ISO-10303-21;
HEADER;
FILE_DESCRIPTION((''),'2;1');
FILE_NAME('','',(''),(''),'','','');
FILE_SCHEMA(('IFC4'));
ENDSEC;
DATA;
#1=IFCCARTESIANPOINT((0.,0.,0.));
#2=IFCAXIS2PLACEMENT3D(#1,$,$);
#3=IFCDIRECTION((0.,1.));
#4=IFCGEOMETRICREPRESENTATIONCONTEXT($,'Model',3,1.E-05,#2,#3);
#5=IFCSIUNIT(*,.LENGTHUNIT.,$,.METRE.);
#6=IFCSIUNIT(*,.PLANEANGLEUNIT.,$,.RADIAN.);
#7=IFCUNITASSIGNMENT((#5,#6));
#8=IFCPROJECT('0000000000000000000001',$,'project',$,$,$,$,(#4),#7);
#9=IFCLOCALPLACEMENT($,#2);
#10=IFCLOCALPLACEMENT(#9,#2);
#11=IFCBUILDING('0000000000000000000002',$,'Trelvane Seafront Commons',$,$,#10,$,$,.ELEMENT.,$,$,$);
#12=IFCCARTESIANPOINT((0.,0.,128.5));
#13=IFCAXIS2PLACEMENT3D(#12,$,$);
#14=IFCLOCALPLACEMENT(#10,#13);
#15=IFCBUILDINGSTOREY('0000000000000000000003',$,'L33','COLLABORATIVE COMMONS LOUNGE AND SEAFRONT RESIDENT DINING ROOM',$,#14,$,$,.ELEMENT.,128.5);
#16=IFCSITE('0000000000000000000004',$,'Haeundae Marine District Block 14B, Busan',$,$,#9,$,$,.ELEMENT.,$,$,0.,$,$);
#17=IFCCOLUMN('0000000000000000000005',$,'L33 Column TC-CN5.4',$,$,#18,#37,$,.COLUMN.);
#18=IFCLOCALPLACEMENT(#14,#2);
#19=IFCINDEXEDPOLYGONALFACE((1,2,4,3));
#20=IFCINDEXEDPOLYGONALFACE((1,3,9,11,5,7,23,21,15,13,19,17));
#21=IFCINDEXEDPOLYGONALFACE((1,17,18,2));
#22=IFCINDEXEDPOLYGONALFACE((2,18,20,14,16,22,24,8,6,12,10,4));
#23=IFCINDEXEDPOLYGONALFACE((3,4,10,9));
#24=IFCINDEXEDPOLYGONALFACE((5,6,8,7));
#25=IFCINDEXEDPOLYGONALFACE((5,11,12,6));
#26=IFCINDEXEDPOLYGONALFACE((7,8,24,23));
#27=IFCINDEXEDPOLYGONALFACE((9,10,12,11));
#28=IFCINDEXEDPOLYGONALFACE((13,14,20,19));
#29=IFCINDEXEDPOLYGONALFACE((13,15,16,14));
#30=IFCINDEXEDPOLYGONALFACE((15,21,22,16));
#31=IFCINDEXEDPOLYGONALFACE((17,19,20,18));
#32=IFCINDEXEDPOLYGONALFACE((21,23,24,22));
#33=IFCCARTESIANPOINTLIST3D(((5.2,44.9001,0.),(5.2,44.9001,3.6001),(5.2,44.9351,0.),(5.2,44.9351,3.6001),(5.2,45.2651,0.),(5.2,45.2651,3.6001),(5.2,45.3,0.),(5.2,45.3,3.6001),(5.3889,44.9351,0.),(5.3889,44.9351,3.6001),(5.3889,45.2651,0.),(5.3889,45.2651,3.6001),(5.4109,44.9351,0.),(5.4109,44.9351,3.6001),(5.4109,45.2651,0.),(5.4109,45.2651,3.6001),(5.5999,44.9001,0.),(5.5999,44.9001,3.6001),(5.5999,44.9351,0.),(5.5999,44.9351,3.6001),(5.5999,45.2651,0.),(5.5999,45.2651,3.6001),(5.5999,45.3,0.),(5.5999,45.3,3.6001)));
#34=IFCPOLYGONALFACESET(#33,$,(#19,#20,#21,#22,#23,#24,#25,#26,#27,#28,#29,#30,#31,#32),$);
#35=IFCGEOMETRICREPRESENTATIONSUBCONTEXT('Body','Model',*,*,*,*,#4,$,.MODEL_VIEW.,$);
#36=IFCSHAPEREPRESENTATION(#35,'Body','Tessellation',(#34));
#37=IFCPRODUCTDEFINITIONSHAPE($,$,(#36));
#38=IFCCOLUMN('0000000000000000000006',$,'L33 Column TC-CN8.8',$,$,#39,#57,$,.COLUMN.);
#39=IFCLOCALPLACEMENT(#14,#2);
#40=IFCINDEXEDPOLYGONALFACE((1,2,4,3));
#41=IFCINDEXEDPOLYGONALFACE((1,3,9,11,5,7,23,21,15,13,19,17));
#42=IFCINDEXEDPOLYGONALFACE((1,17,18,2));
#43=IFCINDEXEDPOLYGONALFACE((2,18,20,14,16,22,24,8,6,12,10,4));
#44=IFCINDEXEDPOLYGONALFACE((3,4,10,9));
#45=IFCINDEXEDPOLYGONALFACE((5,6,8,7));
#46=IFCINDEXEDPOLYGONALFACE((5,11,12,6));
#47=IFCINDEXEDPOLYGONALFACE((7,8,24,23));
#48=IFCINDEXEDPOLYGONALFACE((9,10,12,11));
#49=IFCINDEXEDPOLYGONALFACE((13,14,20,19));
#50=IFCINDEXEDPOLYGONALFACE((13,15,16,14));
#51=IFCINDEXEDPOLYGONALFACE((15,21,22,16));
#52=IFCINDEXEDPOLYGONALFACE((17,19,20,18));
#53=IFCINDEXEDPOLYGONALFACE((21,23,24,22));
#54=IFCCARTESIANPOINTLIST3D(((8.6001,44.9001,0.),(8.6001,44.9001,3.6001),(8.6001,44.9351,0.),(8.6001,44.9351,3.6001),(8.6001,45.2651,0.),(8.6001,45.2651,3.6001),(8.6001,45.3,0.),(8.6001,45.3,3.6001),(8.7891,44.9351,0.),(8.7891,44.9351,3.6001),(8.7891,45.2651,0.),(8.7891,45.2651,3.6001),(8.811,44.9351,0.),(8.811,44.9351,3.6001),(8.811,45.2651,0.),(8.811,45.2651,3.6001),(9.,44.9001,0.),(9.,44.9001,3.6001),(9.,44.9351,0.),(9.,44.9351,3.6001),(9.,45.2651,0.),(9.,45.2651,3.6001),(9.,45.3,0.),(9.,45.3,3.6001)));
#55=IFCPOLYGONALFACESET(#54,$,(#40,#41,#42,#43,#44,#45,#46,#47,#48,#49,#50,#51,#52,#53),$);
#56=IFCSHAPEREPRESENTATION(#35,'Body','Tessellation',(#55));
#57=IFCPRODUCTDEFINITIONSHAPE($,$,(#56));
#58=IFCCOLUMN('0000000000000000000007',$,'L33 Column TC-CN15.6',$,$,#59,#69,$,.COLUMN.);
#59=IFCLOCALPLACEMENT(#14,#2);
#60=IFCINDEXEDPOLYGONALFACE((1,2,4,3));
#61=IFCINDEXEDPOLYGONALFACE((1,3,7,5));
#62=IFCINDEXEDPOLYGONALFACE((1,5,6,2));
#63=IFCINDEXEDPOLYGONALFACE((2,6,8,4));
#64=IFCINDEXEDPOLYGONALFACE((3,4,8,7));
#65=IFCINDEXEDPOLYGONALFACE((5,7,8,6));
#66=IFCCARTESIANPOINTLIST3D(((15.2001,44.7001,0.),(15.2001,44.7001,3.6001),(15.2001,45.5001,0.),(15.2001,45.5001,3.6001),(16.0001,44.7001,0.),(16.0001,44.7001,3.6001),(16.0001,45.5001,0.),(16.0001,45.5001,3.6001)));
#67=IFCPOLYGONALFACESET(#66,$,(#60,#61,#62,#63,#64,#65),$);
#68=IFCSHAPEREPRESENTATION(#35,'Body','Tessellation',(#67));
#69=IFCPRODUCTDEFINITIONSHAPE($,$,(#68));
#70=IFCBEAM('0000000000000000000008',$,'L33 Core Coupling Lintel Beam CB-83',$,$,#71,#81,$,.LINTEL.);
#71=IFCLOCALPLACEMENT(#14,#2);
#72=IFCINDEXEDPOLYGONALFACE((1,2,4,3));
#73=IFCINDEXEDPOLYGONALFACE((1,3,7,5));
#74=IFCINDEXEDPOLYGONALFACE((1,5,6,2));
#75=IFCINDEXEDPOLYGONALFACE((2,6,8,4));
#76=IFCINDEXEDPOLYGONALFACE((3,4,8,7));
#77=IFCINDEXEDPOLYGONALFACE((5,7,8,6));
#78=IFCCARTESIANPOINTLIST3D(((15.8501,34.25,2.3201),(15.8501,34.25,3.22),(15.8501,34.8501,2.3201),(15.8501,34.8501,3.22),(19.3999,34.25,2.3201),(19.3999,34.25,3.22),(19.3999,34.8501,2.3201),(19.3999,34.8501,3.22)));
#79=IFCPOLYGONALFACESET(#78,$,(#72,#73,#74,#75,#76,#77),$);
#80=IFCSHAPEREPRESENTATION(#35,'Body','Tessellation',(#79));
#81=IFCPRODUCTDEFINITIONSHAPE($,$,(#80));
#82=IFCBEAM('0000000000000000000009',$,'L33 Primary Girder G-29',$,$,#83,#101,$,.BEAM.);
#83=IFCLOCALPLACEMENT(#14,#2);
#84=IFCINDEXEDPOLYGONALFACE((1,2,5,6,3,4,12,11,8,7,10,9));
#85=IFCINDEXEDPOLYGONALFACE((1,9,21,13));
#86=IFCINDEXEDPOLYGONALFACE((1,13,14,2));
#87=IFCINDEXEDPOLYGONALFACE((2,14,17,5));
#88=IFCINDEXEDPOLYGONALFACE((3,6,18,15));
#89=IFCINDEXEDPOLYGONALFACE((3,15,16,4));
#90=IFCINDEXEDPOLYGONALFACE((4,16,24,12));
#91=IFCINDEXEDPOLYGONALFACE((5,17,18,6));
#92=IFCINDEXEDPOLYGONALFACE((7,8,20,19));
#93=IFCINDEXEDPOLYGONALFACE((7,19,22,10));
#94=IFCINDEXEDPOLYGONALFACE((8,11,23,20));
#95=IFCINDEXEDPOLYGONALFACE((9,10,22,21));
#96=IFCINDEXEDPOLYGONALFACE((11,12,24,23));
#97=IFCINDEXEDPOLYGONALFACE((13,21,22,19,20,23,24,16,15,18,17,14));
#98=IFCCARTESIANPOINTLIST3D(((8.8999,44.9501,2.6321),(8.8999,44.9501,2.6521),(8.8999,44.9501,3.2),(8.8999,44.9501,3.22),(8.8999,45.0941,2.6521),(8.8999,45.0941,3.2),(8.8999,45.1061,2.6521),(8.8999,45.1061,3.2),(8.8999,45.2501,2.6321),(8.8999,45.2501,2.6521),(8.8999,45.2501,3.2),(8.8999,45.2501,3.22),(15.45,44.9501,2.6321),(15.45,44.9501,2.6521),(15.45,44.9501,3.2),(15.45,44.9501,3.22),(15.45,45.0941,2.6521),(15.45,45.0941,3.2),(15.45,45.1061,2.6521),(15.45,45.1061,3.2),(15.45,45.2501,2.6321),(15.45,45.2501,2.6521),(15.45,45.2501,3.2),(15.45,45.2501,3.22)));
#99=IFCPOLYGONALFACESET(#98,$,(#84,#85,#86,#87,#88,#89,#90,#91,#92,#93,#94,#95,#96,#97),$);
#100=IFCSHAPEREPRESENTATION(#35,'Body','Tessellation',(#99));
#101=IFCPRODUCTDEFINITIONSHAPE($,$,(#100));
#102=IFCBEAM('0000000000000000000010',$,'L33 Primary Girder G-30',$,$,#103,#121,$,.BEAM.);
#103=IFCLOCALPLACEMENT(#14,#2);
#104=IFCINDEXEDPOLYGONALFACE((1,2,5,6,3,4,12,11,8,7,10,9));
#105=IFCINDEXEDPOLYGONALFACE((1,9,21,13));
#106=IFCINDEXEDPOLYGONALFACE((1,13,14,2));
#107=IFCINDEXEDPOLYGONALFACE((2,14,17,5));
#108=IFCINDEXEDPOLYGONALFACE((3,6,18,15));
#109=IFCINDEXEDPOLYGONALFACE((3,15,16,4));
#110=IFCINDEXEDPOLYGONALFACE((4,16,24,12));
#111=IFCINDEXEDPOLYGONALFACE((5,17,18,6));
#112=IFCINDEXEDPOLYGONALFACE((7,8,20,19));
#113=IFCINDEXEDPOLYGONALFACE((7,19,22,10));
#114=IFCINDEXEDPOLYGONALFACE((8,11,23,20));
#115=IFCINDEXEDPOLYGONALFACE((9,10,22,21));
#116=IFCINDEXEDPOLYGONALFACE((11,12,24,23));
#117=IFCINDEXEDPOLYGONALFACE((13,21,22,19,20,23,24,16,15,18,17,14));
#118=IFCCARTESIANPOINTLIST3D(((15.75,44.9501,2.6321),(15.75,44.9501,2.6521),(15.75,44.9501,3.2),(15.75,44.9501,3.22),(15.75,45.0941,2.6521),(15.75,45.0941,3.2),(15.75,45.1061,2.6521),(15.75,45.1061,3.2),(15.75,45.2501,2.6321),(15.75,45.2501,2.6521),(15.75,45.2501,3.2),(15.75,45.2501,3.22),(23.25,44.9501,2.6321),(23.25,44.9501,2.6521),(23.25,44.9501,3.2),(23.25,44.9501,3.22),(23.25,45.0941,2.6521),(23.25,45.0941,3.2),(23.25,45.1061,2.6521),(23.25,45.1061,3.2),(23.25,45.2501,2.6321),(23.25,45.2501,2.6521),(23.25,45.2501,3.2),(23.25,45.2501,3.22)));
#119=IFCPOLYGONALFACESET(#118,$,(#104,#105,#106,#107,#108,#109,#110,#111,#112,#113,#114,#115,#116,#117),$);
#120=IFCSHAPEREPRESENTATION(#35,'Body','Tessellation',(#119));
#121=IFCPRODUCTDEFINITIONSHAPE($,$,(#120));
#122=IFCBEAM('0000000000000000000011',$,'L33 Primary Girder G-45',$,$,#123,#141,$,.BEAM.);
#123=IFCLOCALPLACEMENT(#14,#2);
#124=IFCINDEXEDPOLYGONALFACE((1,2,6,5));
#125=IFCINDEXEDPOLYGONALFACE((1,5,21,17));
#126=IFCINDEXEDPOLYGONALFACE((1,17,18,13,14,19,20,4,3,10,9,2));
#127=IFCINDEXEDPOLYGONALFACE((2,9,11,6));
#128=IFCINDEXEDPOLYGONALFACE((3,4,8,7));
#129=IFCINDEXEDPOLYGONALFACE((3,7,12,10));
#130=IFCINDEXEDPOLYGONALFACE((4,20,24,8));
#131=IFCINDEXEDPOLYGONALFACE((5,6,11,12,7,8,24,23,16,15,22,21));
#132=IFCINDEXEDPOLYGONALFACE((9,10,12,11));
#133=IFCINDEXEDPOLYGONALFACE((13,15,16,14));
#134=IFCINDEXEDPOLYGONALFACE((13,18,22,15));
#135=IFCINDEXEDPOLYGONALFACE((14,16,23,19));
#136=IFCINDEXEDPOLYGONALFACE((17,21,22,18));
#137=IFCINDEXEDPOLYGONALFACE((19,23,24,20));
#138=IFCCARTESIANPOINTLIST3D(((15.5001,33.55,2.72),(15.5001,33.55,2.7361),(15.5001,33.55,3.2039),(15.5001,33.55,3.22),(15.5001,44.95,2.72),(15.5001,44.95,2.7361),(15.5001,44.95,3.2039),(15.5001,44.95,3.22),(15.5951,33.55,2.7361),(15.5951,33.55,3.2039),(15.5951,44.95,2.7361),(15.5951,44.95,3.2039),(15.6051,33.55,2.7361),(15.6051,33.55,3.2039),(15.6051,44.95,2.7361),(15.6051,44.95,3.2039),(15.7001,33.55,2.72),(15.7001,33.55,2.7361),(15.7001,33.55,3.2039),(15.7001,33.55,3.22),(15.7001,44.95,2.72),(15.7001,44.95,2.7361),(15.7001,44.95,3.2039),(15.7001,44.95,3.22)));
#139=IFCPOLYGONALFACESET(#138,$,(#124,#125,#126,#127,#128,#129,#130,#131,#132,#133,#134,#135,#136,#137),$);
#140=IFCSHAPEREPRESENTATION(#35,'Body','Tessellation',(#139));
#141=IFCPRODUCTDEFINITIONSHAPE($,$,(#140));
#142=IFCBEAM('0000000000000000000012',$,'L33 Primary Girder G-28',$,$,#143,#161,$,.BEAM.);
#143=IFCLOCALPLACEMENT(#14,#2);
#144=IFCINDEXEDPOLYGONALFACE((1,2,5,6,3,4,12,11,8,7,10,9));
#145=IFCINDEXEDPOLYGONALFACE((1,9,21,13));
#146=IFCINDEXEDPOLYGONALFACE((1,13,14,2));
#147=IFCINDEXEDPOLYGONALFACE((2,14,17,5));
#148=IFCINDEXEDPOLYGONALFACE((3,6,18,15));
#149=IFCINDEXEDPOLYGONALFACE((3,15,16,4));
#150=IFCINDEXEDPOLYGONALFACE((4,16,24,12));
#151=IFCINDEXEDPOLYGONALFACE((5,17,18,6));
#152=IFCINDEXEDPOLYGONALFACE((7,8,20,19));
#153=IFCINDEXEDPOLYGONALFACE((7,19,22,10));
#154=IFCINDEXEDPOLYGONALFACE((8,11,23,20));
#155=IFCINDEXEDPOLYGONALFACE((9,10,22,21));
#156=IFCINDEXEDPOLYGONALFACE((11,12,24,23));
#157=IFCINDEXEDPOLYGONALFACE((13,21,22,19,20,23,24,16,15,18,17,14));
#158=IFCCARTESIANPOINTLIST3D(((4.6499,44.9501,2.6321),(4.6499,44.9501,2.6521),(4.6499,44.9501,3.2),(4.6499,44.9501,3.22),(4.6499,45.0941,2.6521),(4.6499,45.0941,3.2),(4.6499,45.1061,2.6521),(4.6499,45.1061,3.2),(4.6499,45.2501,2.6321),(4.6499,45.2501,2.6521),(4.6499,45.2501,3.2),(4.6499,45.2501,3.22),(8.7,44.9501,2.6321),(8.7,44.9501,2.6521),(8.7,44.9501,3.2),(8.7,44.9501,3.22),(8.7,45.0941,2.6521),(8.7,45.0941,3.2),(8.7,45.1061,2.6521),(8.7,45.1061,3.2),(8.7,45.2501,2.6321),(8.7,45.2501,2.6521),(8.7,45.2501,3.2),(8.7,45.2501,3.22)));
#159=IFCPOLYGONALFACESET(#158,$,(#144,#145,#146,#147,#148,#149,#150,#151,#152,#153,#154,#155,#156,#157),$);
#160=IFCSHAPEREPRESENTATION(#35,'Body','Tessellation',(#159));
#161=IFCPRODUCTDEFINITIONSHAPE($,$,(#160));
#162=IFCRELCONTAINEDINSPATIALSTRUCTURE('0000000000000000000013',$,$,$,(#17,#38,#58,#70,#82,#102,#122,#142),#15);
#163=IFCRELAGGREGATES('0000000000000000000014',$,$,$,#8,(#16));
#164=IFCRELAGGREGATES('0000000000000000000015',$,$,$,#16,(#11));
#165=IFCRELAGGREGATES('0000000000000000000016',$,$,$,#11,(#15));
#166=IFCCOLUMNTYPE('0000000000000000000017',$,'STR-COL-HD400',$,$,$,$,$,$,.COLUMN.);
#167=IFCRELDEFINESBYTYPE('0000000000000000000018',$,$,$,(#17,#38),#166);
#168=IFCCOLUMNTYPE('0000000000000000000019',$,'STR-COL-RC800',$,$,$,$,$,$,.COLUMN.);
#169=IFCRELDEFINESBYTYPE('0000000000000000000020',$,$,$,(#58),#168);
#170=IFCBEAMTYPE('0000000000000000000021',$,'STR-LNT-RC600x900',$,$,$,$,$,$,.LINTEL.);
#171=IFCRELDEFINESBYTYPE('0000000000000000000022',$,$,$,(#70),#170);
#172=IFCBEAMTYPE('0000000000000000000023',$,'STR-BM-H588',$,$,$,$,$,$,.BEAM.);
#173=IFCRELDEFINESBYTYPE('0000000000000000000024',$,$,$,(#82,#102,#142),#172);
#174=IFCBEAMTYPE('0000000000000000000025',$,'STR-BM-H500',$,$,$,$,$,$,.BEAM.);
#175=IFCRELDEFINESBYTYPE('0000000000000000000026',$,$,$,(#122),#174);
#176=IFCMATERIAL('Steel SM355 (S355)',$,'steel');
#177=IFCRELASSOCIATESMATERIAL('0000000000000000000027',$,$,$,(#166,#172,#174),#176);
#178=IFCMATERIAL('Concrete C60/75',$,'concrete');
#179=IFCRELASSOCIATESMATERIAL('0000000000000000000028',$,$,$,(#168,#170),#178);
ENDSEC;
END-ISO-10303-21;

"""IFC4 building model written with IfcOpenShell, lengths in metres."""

from ifc_helpers import new_model, si_unit, direction, frame, origin, origin_2d, place, context, subcontext, project, spatial, rectangle, i_section, extrude, source, transform, mapped, material, material_profile, profile_set, type_object, element, save


model = new_model("IFC4")

# Units and contexts
model_context = context("Model", 3, precision=1e-05, world=origin(), true_north=direction((0.0, 1.0)))
body_context = subcontext(model_context, "Body", "Model", "MODEL_VIEW")
ifc_project = project(units=[si_unit("LENGTHUNIT", "METRE"), si_unit("PLANEANGLEUNIT", "RADIAN")], contexts=[model_context])

# Site, building, storey
site_placement = place(None, origin())
site = spatial("IfcSite", under=ifc_project, at=site_placement, Name="Haeundae Marine District Block 14B, Busan", CompositionType="ELEMENT", RefElevation=0.0)
building_placement = place(site_placement, origin())
building = spatial("IfcBuilding", under=site, at=building_placement, Name="Trelvane Seafront Commons", CompositionType="ELEMENT")
storey_placement = place(building_placement, frame((0.0, 0.0, 128.5)))
storey = spatial("IfcBuildingStorey", under=building, at=storey_placement, Name="L33", Description="COLLABORATIVE COMMONS LOUNGE AND SEAFRONT RESIDENT DINING ROOM", CompositionType="ELEMENT", Elevation=128.5)

# Columns
ifc_material_1 = material(Name="Steel SM355 (S355)", Category="steel")
ifc_material_profile_1 = material_profile(ifc_material_1, i_section(OverallWidth=0.3999, OverallDepth=0.3999, WebThickness=0.022, FlangeThickness=0.0349, at=origin_2d()), Name="HD-400x400x22x35")
ifc_profile_set_1 = profile_set([ifc_material_profile_1], Name="Steel SM355 (S355)")
column_type_1 = type_object("IfcColumnType", Name="STR-COL-HD400", PredefinedType="COLUMN", material=ifc_profile_set_1)
shared_shape_1 = source(origin(), body_context, "Body", "SweptSolid", [
    extrude(i_section(OverallWidth=0.3999, OverallDepth=0.3999, WebThickness=0.022, FlangeThickness=0.0349, at=origin_2d()), origin(), (0.0, 0.0, 1.0), 3.6001),
])
for number, where, z_axis, x_axis, name in (
    (1, (5.3999, 45.1001, 0.0), (0.0, 0.0, 1.0), (1.0, 0.0, 0.0), "L33 Column TC-CN5.4"),
    (2, (8.8, 45.1001, 0.0), (0.0, 0.0, 1.0), (1.0, 0.0, 0.0), "L33 Column TC-CN8.8"),
):
    element("IfcColumn", number, at=place(storey_placement, frame(where, z_axis=z_axis, x_axis=x_axis)), inside=storey, type_object=column_type_1, Name=name, PredefinedType="COLUMN", context=body_context, shape_type="MappedRepresentation", body=[
        mapped(shared_shape_1, transform((0.0, 0.0, 0.0), x_axis=(1.0, 0.0, 0.0), y_axis=(0.0, 1.0, 0.0), z_axis=(0.0, 0.0, 1.0), scale=1.0)),
    ])
ifc_material_2 = material(Name="Concrete C60/75", Category="concrete")
ifc_material_profile_2 = material_profile(ifc_material_2, rectangle(XDim=0.8, YDim=0.8, at=origin_2d()), Name="RC-800x800")
ifc_profile_set_2 = profile_set([ifc_material_profile_2], Name="Concrete C60/75")
column_type_2 = type_object("IfcColumnType", Name="STR-COL-RC800", PredefinedType="COLUMN", material=ifc_profile_set_2)
shared_shape_2 = source(origin(), body_context, "Body", "SweptSolid", [
    extrude(rectangle(XDim=0.8, YDim=0.8, at=origin_2d()), origin(), (0.0, 0.0, 1.0), 3.6001),
])
column_placement = place(storey_placement, frame((15.6001, 45.1001, 0.0), z_axis=(0.0, 0.0, 1.0), x_axis=(1.0, 0.0, 0.0)))
element("IfcColumn", 3, at=column_placement, inside=storey, type_object=column_type_2, Name="L33 Column TC-CN15.6", PredefinedType="COLUMN", context=body_context, shape_type="MappedRepresentation", body=[
    mapped(shared_shape_2, transform((0.0, 0.0, 0.0), x_axis=(1.0, 0.0, 0.0), y_axis=(0.0, 1.0, 0.0), z_axis=(0.0, 0.0, 1.0), scale=1.0)),
])

# Beams
ifc_material_profile_3 = material_profile(ifc_material_2, rectangle(XDim=0.6001, YDim=0.8999, at=origin_2d()), Name="RC-600x900")
ifc_profile_set_3 = profile_set([ifc_material_profile_3], Name="Concrete C60/75")
beam_type_1 = type_object("IfcBeamType", Name="STR-LNT-RC600x900", PredefinedType="LINTEL", material=ifc_profile_set_3)
shared_shape_3 = source(origin(), body_context, "Body", "SweptSolid", [
    extrude(rectangle(XDim=0.6001, YDim=0.8999, at=origin_2d()), origin(), (0.0, 0.0, 1.0), 3.5498),
])
beam_1_placement = place(storey_placement, frame((15.8501, 34.55, 2.77), z_axis=(1.0, 0.0, 0.0), x_axis=(0.0, 1.0, 0.0)))
element("IfcBeam", 4, at=beam_1_placement, inside=storey, type_object=beam_type_1, Name="L33 Core Coupling Lintel Beam CB-83", PredefinedType="LINTEL", context=body_context, shape_type="MappedRepresentation", body=[
    mapped(shared_shape_3, transform((0.0, 0.0, 0.0), x_axis=(1.0, 0.0, 0.0), y_axis=(0.0, 1.0, 0.0), z_axis=(0.0, 0.0, 1.0), scale=1.0)),
])
ifc_material_profile_4 = material_profile(ifc_material_1, i_section(OverallWidth=0.3, OverallDepth=0.5879, WebThickness=0.012, FlangeThickness=0.02, at=origin_2d()), Name="H-588x300x12x20")
ifc_profile_set_4 = profile_set([ifc_material_profile_4], Name="Steel SM355 (S355)")
beam_type_2 = type_object("IfcBeamType", Name="STR-BM-H588", PredefinedType="BEAM", material=ifc_profile_set_4)
shared_shape_4 = source(origin(), body_context, "Body", "SweptSolid", [
    extrude(i_section(OverallWidth=0.3, OverallDepth=0.5879, WebThickness=0.012, FlangeThickness=0.02, at=origin_2d()), origin(), (0.0, 0.0, 1.0), 6.55),
])
beam_2_placement = place(storey_placement, frame((8.8999, 45.1001, 2.926), z_axis=(1.0, 0.0, 0.0), x_axis=(0.0, 1.0, 0.0)))
element("IfcBeam", 5, at=beam_2_placement, inside=storey, type_object=beam_type_2, Name="L33 Primary Girder G-29", PredefinedType="BEAM", context=body_context, shape_type="MappedRepresentation", body=[
    mapped(shared_shape_4, transform((0.0, 0.0, 0.0), x_axis=(1.0, 0.0, 0.0), y_axis=(0.0, 1.0, 0.0), z_axis=(0.0, 0.0, 1.0), scale=1.0)),
])
shared_shape_5 = source(origin(), body_context, "Body", "SweptSolid", [
    extrude(i_section(OverallWidth=0.3, OverallDepth=0.5879, WebThickness=0.012, FlangeThickness=0.02, at=origin_2d()), origin(), (0.0, 0.0, 1.0), 7.5),
])
beam_3_placement = place(storey_placement, frame((15.75, 45.1001, 2.926), z_axis=(1.0, 0.0, 0.0), x_axis=(0.0, 1.0, 0.0)))
element("IfcBeam", 6, at=beam_3_placement, inside=storey, type_object=beam_type_2, Name="L33 Primary Girder G-30", PredefinedType="BEAM", context=body_context, shape_type="MappedRepresentation", body=[
    mapped(shared_shape_5, transform((0.0, 0.0, 0.0), x_axis=(1.0, 0.0, 0.0), y_axis=(0.0, 1.0, 0.0), z_axis=(0.0, 0.0, 1.0), scale=1.0)),
])
ifc_material_profile_5 = material_profile(ifc_material_1, i_section(OverallWidth=0.2, OverallDepth=0.5, WebThickness=0.01, FlangeThickness=0.0161, at=origin_2d()), Name="H-500x200x10x16")
ifc_profile_set_5 = profile_set([ifc_material_profile_5], Name="Steel SM355 (S355)")
beam_type_3 = type_object("IfcBeamType", Name="STR-BM-H500", PredefinedType="BEAM", material=ifc_profile_set_5)
shared_shape_6 = source(origin(), body_context, "Body", "SweptSolid", [
    extrude(i_section(OverallWidth=0.2, OverallDepth=0.5, WebThickness=0.01, FlangeThickness=0.0161, at=origin_2d()), origin(), (0.0, 0.0, 1.0), 11.3999),
])
beam_4_placement = place(storey_placement, frame((15.6001, 33.55, 2.97), z_axis=(0.0, 1.0, 0.0), x_axis=(-1.0, 0.0, 0.0)))
element("IfcBeam", 7, at=beam_4_placement, inside=storey, type_object=beam_type_3, Name="L33 Primary Girder G-45", PredefinedType="BEAM", context=body_context, shape_type="MappedRepresentation", body=[
    mapped(shared_shape_6, transform((0.0, 0.0, 0.0), x_axis=(1.0, 0.0, 0.0), y_axis=(0.0, 1.0, 0.0), z_axis=(0.0, 0.0, 1.0), scale=1.0)),
])
shared_shape_7 = source(origin(), body_context, "Body", "SweptSolid", [
    extrude(i_section(OverallWidth=0.3, OverallDepth=0.5879, WebThickness=0.012, FlangeThickness=0.02, at=origin_2d()), origin(), (0.0, 0.0, 1.0), 4.05),
])
beam_5_placement = place(storey_placement, frame((4.6499, 45.1001, 2.926), z_axis=(1.0, 0.0, 0.0), x_axis=(0.0, 1.0, 0.0)))
element("IfcBeam", 8, at=beam_5_placement, inside=storey, type_object=beam_type_2, Name="L33 Primary Girder G-28", PredefinedType="BEAM", context=body_context, shape_type="MappedRepresentation", body=[
    mapped(shared_shape_7, transform((0.0, 0.0, 0.0), x_axis=(1.0, 0.0, 0.0), y_axis=(0.0, 1.0, 0.0), z_axis=(0.0, 0.0, 1.0), scale=1.0)),
])

save(model, "model.ifc")
